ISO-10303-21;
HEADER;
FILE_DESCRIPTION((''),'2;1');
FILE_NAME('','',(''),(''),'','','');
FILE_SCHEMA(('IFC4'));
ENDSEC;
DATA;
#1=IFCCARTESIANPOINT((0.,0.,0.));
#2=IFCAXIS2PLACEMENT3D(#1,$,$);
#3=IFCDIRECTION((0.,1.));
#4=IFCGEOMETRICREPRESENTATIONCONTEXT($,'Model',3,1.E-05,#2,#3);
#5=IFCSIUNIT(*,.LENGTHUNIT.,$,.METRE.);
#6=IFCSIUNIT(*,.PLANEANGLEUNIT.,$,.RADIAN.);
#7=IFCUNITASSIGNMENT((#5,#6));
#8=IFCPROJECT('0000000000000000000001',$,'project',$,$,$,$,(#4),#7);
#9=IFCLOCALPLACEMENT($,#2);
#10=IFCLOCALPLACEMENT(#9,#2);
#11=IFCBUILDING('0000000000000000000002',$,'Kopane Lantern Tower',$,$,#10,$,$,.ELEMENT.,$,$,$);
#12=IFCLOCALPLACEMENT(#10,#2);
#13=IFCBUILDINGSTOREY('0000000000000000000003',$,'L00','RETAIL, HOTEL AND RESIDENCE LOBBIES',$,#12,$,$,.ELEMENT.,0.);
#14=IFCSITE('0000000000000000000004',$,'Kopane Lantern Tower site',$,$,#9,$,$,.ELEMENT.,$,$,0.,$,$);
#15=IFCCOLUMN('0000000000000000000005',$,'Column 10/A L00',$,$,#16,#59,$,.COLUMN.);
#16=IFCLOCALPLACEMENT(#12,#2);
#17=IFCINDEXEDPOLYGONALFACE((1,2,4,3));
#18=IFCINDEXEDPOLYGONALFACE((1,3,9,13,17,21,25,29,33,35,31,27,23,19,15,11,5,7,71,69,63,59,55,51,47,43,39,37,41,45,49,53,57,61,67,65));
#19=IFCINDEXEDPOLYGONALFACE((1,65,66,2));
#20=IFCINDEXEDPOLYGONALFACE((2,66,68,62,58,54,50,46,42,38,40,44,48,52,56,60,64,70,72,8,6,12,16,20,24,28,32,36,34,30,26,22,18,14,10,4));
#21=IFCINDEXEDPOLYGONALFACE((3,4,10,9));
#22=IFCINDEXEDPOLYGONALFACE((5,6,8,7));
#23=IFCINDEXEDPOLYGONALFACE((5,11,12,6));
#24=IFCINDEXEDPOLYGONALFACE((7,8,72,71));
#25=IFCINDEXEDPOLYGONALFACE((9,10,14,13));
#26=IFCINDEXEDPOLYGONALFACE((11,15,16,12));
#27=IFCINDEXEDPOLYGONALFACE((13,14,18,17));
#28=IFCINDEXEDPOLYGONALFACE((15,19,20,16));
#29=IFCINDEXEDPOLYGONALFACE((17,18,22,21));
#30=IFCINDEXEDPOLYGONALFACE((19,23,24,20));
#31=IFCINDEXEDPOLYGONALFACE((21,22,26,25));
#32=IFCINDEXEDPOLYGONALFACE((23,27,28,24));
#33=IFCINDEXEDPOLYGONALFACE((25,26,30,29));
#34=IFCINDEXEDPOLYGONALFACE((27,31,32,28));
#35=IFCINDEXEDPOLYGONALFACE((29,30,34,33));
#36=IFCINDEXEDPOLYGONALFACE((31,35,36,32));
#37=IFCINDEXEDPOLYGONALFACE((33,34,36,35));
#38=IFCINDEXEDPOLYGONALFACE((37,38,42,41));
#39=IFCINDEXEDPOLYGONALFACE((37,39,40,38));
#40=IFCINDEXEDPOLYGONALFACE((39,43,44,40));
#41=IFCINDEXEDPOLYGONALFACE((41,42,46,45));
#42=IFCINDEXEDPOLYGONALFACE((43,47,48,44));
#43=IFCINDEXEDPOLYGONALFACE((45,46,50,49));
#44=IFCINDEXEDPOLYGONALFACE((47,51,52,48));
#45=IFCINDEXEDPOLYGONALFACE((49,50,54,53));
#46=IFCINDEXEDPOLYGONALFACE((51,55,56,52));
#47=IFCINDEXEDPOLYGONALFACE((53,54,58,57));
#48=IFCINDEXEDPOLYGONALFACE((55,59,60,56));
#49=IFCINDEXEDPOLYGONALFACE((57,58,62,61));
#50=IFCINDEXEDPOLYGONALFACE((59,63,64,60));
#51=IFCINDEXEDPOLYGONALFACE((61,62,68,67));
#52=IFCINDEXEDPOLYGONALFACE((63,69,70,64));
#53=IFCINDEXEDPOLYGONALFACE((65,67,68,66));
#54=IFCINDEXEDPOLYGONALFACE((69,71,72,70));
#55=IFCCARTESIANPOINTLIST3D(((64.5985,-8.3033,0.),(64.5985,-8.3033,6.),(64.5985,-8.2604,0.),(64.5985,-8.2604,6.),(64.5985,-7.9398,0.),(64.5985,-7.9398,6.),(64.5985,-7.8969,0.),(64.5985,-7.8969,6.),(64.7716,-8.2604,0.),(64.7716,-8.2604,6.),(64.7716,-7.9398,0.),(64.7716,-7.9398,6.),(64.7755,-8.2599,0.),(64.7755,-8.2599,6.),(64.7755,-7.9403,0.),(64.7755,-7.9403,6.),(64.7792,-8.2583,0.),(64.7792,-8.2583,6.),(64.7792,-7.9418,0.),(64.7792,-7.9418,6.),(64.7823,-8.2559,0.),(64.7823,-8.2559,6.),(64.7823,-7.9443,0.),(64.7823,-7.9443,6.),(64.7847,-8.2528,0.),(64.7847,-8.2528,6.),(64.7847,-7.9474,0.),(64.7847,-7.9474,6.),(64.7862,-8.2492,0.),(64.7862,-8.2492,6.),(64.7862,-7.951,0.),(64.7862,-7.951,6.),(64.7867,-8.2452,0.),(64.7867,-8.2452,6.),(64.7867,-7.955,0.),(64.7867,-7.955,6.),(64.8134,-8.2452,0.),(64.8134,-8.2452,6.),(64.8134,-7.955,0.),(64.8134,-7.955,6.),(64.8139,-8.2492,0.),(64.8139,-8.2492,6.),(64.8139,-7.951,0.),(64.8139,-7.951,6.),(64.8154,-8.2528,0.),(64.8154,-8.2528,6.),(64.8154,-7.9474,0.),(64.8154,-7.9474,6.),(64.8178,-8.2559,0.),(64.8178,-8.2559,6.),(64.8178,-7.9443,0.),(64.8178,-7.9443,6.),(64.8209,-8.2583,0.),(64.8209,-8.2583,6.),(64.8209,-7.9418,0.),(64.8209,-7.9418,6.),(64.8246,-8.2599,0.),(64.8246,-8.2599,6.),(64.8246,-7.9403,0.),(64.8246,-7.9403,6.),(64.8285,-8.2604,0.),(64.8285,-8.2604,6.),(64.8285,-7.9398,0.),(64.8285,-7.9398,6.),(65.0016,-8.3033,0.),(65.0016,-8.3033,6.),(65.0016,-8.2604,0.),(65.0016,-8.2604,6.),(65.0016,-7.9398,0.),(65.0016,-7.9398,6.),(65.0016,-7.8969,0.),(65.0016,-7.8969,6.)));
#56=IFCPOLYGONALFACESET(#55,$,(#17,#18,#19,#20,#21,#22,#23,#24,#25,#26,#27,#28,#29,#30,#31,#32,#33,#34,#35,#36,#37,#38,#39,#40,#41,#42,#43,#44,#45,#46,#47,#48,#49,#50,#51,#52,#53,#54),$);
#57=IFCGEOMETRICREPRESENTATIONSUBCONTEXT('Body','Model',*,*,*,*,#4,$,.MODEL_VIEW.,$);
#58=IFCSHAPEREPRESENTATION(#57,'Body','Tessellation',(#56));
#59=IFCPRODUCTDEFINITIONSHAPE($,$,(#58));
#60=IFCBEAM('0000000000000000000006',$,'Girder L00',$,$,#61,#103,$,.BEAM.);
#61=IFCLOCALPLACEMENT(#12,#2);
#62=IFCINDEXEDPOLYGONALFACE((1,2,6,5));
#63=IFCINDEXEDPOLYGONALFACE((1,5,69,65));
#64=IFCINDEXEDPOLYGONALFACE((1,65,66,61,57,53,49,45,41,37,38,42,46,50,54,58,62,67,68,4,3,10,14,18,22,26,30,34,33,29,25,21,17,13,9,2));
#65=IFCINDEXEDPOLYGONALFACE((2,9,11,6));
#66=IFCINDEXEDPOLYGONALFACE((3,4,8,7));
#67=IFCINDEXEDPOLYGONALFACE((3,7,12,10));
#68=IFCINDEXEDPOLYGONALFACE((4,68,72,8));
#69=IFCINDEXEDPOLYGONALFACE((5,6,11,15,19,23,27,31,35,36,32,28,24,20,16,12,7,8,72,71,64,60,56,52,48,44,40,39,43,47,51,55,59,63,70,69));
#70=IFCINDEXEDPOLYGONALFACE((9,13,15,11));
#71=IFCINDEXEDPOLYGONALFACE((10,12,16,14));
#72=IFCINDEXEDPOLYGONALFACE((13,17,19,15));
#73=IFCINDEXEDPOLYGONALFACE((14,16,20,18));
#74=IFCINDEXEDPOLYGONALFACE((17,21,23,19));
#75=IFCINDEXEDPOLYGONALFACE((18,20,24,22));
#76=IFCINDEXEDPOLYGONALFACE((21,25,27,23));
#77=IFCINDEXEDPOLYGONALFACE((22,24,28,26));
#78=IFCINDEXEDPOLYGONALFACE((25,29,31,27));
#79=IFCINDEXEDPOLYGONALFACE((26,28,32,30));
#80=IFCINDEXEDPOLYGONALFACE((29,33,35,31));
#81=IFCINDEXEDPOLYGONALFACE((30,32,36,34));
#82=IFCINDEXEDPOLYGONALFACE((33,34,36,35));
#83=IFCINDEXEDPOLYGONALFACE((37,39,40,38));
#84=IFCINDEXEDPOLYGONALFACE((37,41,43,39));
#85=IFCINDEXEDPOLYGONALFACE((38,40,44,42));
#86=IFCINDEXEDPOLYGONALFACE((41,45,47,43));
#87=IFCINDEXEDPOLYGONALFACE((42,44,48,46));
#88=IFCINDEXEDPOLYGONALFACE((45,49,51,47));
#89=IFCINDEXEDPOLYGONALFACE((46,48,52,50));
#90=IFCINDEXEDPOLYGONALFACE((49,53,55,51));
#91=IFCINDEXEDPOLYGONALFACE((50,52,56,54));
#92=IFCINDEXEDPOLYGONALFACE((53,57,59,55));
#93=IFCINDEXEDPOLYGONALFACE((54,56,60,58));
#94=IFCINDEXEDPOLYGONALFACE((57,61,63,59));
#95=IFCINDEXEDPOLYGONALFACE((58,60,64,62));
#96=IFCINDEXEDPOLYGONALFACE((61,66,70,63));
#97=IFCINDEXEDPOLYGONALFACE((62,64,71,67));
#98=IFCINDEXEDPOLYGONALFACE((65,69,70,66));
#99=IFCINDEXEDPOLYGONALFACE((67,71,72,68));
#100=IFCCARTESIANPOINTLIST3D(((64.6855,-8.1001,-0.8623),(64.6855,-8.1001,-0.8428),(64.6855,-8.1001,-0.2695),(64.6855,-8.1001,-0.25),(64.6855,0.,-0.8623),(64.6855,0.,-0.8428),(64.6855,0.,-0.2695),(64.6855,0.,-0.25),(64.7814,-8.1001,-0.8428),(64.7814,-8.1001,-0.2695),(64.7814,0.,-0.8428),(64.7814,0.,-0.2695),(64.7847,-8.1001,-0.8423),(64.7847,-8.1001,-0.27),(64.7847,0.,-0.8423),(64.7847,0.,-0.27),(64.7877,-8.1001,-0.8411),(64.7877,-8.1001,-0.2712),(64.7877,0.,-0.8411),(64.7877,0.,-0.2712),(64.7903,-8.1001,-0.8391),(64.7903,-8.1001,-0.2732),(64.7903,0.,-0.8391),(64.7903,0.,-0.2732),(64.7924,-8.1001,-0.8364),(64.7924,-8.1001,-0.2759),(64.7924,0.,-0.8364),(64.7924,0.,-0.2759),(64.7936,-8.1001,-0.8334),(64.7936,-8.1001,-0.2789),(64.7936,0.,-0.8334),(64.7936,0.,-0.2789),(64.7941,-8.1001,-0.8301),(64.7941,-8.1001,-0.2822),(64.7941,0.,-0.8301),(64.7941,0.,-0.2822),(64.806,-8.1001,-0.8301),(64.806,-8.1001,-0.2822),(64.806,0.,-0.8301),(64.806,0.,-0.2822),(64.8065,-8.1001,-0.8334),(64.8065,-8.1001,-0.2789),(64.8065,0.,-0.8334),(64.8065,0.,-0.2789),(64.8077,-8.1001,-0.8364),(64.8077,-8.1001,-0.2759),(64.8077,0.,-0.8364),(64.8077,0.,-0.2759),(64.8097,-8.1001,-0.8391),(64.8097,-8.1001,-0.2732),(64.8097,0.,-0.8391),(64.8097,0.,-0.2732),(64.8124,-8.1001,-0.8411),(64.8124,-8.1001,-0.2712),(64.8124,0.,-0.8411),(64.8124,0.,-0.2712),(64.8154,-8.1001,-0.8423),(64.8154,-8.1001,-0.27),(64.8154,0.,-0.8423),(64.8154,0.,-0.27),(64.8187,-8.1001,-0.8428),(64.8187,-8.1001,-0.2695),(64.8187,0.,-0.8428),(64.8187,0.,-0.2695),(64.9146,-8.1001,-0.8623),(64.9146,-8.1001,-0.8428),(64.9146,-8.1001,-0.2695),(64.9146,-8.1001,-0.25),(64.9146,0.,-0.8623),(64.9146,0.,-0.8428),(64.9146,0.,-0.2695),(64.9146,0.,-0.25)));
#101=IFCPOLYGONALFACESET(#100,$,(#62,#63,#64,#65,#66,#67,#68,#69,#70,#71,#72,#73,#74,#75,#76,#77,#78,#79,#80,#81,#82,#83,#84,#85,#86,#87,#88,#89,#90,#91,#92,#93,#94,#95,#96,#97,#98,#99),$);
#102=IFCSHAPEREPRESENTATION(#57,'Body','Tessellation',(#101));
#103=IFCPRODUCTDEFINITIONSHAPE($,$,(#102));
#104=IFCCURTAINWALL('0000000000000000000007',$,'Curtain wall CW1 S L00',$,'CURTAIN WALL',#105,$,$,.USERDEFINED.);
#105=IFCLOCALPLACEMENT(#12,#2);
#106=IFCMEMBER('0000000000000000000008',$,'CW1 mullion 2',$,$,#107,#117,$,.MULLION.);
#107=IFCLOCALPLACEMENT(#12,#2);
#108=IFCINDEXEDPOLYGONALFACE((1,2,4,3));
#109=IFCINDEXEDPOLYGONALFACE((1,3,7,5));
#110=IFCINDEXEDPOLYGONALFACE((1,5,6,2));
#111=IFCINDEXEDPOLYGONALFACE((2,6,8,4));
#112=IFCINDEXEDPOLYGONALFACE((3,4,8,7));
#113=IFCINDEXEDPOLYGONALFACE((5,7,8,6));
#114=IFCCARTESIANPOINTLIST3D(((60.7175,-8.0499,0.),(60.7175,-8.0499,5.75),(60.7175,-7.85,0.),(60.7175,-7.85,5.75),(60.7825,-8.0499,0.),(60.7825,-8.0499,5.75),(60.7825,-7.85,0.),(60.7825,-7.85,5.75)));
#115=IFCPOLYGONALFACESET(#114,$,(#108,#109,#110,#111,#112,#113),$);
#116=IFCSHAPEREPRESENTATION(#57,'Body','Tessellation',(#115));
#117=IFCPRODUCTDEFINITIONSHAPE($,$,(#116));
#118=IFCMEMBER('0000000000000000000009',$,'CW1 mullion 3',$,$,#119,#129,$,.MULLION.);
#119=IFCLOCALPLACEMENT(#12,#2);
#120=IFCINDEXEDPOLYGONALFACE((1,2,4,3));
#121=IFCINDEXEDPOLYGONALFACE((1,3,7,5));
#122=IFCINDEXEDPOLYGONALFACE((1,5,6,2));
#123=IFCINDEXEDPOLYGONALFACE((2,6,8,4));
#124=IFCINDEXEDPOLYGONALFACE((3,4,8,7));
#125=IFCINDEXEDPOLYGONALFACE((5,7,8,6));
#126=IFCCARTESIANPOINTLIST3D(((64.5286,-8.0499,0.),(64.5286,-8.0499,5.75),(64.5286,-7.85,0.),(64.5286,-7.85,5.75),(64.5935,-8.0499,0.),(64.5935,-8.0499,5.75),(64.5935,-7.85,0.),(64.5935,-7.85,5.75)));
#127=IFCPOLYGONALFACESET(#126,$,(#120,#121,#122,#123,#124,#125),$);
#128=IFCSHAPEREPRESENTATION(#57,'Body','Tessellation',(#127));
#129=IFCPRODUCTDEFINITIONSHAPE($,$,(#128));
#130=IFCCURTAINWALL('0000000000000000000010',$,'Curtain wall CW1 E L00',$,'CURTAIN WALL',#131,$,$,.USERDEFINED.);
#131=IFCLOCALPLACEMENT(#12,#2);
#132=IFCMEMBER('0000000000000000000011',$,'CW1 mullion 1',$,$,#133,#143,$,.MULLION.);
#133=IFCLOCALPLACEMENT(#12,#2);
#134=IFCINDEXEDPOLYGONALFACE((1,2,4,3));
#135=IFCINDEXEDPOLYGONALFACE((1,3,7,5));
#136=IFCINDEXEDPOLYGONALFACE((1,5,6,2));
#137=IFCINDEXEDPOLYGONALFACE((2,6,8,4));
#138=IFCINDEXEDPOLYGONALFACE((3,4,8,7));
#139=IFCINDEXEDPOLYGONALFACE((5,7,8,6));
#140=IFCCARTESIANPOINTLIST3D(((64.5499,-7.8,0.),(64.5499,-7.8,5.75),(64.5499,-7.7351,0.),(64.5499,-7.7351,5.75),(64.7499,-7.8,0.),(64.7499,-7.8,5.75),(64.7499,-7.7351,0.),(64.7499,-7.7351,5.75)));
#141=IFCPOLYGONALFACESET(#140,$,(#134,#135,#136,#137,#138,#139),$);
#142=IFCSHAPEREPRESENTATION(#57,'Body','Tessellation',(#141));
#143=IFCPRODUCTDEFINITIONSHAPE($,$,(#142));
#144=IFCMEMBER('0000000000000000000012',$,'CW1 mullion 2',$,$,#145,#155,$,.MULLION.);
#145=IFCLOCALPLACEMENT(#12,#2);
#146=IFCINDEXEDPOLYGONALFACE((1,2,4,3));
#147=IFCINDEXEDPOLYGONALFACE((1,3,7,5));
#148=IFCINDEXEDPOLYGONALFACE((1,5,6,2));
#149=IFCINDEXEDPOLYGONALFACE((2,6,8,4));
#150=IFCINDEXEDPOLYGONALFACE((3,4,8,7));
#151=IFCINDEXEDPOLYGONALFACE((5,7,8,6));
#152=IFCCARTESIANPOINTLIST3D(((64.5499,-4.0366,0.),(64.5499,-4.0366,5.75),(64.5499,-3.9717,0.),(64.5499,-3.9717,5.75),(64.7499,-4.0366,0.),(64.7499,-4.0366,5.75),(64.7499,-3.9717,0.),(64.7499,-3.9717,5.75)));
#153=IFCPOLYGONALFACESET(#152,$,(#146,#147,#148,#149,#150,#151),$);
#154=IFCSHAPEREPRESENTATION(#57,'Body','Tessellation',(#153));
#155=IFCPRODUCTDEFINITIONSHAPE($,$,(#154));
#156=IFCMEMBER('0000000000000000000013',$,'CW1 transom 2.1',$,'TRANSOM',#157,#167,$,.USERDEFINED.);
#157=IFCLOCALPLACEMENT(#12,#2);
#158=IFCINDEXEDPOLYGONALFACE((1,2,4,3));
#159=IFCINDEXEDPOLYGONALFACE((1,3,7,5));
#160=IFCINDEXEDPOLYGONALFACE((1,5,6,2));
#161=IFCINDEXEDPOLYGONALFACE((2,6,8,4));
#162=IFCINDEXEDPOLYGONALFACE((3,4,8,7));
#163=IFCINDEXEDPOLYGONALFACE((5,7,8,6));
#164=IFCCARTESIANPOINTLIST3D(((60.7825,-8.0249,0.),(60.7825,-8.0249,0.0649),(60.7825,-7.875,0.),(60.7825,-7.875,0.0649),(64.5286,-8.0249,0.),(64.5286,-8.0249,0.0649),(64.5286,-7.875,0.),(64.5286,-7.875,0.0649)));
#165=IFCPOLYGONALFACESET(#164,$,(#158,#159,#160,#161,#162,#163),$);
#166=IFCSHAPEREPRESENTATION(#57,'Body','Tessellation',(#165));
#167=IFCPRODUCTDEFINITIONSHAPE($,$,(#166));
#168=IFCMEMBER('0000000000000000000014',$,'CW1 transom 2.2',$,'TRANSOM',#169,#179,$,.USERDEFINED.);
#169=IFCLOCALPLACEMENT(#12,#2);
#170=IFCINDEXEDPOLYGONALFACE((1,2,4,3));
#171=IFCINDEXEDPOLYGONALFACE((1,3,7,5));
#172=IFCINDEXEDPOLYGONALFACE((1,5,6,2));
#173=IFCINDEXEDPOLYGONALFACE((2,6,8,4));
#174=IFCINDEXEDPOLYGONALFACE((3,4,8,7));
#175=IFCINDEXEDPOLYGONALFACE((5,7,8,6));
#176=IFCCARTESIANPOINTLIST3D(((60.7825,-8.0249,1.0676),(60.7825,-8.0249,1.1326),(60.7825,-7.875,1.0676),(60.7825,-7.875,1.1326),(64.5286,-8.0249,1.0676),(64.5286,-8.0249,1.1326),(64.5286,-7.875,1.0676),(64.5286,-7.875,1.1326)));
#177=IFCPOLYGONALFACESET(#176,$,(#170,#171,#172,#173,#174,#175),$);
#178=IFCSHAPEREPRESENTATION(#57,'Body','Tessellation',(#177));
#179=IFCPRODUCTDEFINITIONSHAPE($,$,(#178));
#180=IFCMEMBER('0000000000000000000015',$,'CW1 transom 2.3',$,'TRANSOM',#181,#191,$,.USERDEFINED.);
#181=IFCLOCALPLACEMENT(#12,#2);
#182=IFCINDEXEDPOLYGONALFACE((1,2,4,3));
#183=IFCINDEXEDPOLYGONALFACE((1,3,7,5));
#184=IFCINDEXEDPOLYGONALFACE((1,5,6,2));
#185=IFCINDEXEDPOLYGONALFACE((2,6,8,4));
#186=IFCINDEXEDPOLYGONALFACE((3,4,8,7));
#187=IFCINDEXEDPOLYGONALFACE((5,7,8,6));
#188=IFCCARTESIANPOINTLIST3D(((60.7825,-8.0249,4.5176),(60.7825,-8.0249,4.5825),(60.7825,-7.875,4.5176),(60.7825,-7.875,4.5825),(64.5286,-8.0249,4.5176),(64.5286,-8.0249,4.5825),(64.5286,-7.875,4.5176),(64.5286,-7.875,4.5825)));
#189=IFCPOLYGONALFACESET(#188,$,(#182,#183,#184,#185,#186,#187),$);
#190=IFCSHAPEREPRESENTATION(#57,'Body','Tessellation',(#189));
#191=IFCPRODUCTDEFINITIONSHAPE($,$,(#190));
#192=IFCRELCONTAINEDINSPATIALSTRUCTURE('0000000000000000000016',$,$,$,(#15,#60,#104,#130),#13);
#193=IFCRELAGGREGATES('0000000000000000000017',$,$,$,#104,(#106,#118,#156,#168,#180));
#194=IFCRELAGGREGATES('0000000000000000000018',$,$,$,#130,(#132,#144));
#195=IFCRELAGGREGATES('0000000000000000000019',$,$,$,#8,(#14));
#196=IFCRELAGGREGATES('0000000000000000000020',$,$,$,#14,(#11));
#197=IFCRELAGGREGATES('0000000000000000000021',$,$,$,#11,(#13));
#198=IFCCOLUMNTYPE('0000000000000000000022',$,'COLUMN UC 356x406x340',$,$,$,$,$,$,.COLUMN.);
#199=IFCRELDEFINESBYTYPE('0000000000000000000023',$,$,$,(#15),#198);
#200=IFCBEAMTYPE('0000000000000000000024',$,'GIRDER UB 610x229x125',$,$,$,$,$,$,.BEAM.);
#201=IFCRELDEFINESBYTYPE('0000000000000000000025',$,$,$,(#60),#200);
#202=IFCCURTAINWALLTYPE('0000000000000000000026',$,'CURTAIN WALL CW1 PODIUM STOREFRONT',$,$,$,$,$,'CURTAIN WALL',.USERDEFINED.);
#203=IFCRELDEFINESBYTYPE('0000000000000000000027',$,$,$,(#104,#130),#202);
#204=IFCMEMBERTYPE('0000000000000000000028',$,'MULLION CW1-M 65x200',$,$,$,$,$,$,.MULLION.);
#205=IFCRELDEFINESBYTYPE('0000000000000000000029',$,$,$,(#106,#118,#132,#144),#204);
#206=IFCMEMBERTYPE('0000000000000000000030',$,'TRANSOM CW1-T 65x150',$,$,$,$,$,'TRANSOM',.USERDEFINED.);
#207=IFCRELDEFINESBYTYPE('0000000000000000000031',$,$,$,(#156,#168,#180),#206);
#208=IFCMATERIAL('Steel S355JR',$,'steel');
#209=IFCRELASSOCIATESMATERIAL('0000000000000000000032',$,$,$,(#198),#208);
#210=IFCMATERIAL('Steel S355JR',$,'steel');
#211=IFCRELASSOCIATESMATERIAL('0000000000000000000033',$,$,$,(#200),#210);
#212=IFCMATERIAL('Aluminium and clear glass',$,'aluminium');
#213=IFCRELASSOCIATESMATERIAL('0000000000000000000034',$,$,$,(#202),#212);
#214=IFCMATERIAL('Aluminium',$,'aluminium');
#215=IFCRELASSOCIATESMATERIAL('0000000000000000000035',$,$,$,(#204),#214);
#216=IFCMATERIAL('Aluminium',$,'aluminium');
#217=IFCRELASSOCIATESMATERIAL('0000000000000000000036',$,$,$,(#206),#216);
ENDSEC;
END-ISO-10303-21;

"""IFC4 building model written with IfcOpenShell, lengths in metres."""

from ifc_helpers import new_model, si_unit, direction, frame, origin, origin_2d, place, context, subcontext, project, spatial, rectangle, i_section, extrude, material, material_profile, profile_set, type_object, element, aggregate, save


model = new_model("IFC4")

# Units and contexts
model_context = context("Model", 3, precision=1e-05, world=origin(), true_north=direction((0.0, 1.0)))
body_context = subcontext(model_context, "Body", "Model", "MODEL_VIEW")
ifc_project = project(units=[si_unit("LENGTHUNIT", "METRE"), si_unit("PLANEANGLEUNIT", "RADIAN")], contexts=[model_context])

# Site, building, storey
site_placement = place(None, origin())
site = spatial("IfcSite", under=ifc_project, at=site_placement, Name="Kopane Lantern Tower site", CompositionType="ELEMENT", RefElevation=0.0)
building_placement = place(site_placement, origin())
building = spatial("IfcBuilding", under=site, at=building_placement, Name="Kopane Lantern Tower", CompositionType="ELEMENT")
storey_placement = place(building_placement, origin())
storey = spatial("IfcBuildingStorey", under=building, at=storey_placement, Name="L00", Description="RETAIL, HOTEL AND RESIDENCE LOBBIES", CompositionType="ELEMENT", Elevation=0.0)

# Column
ifc_material_1 = material(Name="Steel S355JR", Category="steel")
ifc_material_profile_1 = material_profile(ifc_material_1, i_section(OverallWidth=0.4031, OverallDepth=0.4065, WebThickness=0.0266, FlangeThickness=0.043, FilletRadius=0.0151, at=origin_2d()), Name="UC 356x406x340")
ifc_profile_set_1 = profile_set([ifc_material_profile_1], Name="Steel S355JR")
column_type = type_object("IfcColumnType", Name="COLUMN UC 356x406x340", PredefinedType="COLUMN", material=ifc_profile_set_1)
column_placement = place(storey_placement, frame((64.8, -8.1001, 0.0), z_axis=(0.0, 0.0, 1.0), x_axis=(1.0, 0.0, 0.0)))
element("IfcColumn", 1, at=column_placement, inside=storey, type_object=column_type, Name="Column 10/A L00", PredefinedType="COLUMN", context=body_context, shape_type="SweptSolid", body=[
    extrude(i_section(OverallWidth=0.4031, OverallDepth=0.4065, WebThickness=0.0266, FlangeThickness=0.043, FilletRadius=0.0151, at=origin_2d()), origin(), (0.0, 0.0, 1.0), 6.0),
])

# Beam
ifc_material_2 = material(Name="Steel S355JR", Category="steel")
ifc_material_profile_2 = material_profile(ifc_material_2, i_section(OverallWidth=0.229, OverallDepth=0.6123, WebThickness=0.012, FlangeThickness=0.0195, FilletRadius=0.0127, at=origin_2d()), Name="UB 610x229x125")
ifc_profile_set_2 = profile_set([ifc_material_profile_2], Name="Steel S355JR")
beam_type = type_object("IfcBeamType", Name="GIRDER UB 610x229x125", PredefinedType="BEAM", material=ifc_profile_set_2)
beam_placement = place(storey_placement, frame((64.8, -8.1001, -0.5562), z_axis=(0.0, 1.0, 0.0), x_axis=(-1.0, 0.0, 0.0)))
element("IfcBeam", 2, at=beam_placement, inside=storey, type_object=beam_type, Name="Girder L00", PredefinedType="BEAM", context=body_context, shape_type="SweptSolid", body=[
    extrude(i_section(OverallWidth=0.229, OverallDepth=0.6123, WebThickness=0.012, FlangeThickness=0.0195, FilletRadius=0.0127, at=origin_2d()), origin(), (0.0, 0.0, 1.0), 8.1001),
])

# Curtain walls, members
ifc_material_3 = material(Name="Aluminium and clear glass", Category="aluminium")
curtain_wall_type = type_object("IfcCurtainWallType", Name="CURTAIN WALL CW1 PODIUM STOREFRONT", ElementType="CURTAIN WALL", PredefinedType="USERDEFINED", material=ifc_material_3)
curtain_wall_1_placement = place(storey_placement, origin())
curtain_wall_1 = element("IfcCurtainWall", 3, at=curtain_wall_1_placement, inside=storey, type_object=curtain_wall_type, Name="Curtain wall CW1 S L00", ObjectType="CURTAIN WALL", PredefinedType="USERDEFINED")
ifc_material_4 = material(Name="Aluminium", Category="aluminium")
ifc_material_profile_3 = material_profile(ifc_material_4, rectangle(XDim=0.0649, YDim=0.2, at=origin_2d()), Name="AL 65x200")
ifc_profile_set_3 = profile_set([ifc_material_profile_3], Name="Aluminium")
member_type_1 = type_object("IfcMemberType", Name="MULLION CW1-M 65x200", PredefinedType="MULLION", material=ifc_profile_set_3)
member_1_placement = place(storey_placement, frame((60.75, -7.95, 0.0), z_axis=(0.0, 0.0, 1.0), x_axis=(1.0, 0.0, 0.0)))
member_1 = element("IfcMember", 4, at=member_1_placement, type_object=member_type_1, Name="CW1 mullion 2", PredefinedType="MULLION", context=body_context, shape_type="SweptSolid", body=[
    extrude(rectangle(XDim=0.0649, YDim=0.2, at=origin_2d()), origin(), (0.0, 0.0, 1.0), 5.75),
])
member_2_placement = place(storey_placement, frame((64.561, -7.95, 0.0), z_axis=(0.0, 0.0, 1.0), x_axis=(1.0, 0.0, 0.0)))
member_2 = element("IfcMember", 5, at=member_2_placement, type_object=member_type_1, Name="CW1 mullion 3", PredefinedType="MULLION", context=body_context, shape_type="SweptSolid", body=[
    extrude(rectangle(XDim=0.0649, YDim=0.2, at=origin_2d()), origin(), (0.0, 0.0, 1.0), 5.75),
])
curtain_wall_2_placement = place(storey_placement, origin())
curtain_wall_2 = element("IfcCurtainWall", 6, at=curtain_wall_2_placement, inside=storey, type_object=curtain_wall_type, Name="Curtain wall CW1 E L00", ObjectType="CURTAIN WALL", PredefinedType="USERDEFINED")
member_3_placement = place(storey_placement, frame((64.6499, -7.7676, 0.0), z_axis=(0.0, 0.0, 1.0), x_axis=(0.0, 1.0, 0.0)))
member_3 = element("IfcMember", 7, at=member_3_placement, type_object=member_type_1, Name="CW1 mullion 1", PredefinedType="MULLION", context=body_context, shape_type="SweptSolid", body=[
    extrude(rectangle(XDim=0.0649, YDim=0.2, at=origin_2d()), origin(), (0.0, 0.0, 1.0), 5.75),
])
member_4_placement = place(storey_placement, frame((64.6499, -4.0042, 0.0), z_axis=(0.0, 0.0, 1.0), x_axis=(0.0, 1.0, 0.0)))
member_4 = element("IfcMember", 8, at=member_4_placement, type_object=member_type_1, Name="CW1 mullion 2", PredefinedType="MULLION", context=body_context, shape_type="SweptSolid", body=[
    extrude(rectangle(XDim=0.0649, YDim=0.2, at=origin_2d()), origin(), (0.0, 0.0, 1.0), 5.75),
])

# Members
ifc_material_5 = material(Name="Aluminium", Category="aluminium")
ifc_material_profile_4 = material_profile(ifc_material_5, rectangle(XDim=0.1499, YDim=0.0649, at=origin_2d()), Name="AL 150x65")
ifc_profile_set_4 = profile_set([ifc_material_profile_4], Name="Aluminium")
member_type_2 = type_object("IfcMemberType", Name="TRANSOM CW1-T 65x150", ElementType="TRANSOM", PredefinedType="USERDEFINED", material=ifc_profile_set_4)
member_5_placement = place(storey_placement, frame((60.7825, -7.95, 0.0325), z_axis=(1.0, 0.0, 0.0), x_axis=(0.0, 1.0, 0.0)))
member_5 = element("IfcMember", 9, at=member_5_placement, type_object=member_type_2, Name="CW1 transom 2.1", ObjectType="TRANSOM", PredefinedType="USERDEFINED", context=body_context, shape_type="SweptSolid", body=[
    extrude(rectangle(XDim=0.1499, YDim=0.0649, at=origin_2d()), origin(), (0.0, 0.0, 1.0), 3.7461),
])
member_6_placement = place(storey_placement, frame((60.7825, -7.95, 1.1001), z_axis=(1.0, 0.0, 0.0), x_axis=(0.0, 1.0, 0.0)))
member_6 = element("IfcMember", 10, at=member_6_placement, type_object=member_type_2, Name="CW1 transom 2.2", ObjectType="TRANSOM", PredefinedType="USERDEFINED", context=body_context, shape_type="SweptSolid", body=[
    extrude(rectangle(XDim=0.1499, YDim=0.0649, at=origin_2d()), origin(), (0.0, 0.0, 1.0), 3.7461),
])
member_7_placement = place(storey_placement, frame((60.7825, -7.95, 4.55), z_axis=(1.0, 0.0, 0.0), x_axis=(0.0, 1.0, 0.0)))
member_7 = element("IfcMember", 11, at=member_7_placement, type_object=member_type_2, Name="CW1 transom 2.3", ObjectType="TRANSOM", PredefinedType="USERDEFINED", context=body_context, shape_type="SweptSolid", body=[
    extrude(rectangle(XDim=0.1499, YDim=0.0649, at=origin_2d()), origin(), (0.0, 0.0, 1.0), 3.7461),
])

aggregate(curtain_wall_1, [member_1, member_2, member_5, member_6, member_7])
aggregate(curtain_wall_2, [member_3, member_4])

save(model, "model.ifc")
